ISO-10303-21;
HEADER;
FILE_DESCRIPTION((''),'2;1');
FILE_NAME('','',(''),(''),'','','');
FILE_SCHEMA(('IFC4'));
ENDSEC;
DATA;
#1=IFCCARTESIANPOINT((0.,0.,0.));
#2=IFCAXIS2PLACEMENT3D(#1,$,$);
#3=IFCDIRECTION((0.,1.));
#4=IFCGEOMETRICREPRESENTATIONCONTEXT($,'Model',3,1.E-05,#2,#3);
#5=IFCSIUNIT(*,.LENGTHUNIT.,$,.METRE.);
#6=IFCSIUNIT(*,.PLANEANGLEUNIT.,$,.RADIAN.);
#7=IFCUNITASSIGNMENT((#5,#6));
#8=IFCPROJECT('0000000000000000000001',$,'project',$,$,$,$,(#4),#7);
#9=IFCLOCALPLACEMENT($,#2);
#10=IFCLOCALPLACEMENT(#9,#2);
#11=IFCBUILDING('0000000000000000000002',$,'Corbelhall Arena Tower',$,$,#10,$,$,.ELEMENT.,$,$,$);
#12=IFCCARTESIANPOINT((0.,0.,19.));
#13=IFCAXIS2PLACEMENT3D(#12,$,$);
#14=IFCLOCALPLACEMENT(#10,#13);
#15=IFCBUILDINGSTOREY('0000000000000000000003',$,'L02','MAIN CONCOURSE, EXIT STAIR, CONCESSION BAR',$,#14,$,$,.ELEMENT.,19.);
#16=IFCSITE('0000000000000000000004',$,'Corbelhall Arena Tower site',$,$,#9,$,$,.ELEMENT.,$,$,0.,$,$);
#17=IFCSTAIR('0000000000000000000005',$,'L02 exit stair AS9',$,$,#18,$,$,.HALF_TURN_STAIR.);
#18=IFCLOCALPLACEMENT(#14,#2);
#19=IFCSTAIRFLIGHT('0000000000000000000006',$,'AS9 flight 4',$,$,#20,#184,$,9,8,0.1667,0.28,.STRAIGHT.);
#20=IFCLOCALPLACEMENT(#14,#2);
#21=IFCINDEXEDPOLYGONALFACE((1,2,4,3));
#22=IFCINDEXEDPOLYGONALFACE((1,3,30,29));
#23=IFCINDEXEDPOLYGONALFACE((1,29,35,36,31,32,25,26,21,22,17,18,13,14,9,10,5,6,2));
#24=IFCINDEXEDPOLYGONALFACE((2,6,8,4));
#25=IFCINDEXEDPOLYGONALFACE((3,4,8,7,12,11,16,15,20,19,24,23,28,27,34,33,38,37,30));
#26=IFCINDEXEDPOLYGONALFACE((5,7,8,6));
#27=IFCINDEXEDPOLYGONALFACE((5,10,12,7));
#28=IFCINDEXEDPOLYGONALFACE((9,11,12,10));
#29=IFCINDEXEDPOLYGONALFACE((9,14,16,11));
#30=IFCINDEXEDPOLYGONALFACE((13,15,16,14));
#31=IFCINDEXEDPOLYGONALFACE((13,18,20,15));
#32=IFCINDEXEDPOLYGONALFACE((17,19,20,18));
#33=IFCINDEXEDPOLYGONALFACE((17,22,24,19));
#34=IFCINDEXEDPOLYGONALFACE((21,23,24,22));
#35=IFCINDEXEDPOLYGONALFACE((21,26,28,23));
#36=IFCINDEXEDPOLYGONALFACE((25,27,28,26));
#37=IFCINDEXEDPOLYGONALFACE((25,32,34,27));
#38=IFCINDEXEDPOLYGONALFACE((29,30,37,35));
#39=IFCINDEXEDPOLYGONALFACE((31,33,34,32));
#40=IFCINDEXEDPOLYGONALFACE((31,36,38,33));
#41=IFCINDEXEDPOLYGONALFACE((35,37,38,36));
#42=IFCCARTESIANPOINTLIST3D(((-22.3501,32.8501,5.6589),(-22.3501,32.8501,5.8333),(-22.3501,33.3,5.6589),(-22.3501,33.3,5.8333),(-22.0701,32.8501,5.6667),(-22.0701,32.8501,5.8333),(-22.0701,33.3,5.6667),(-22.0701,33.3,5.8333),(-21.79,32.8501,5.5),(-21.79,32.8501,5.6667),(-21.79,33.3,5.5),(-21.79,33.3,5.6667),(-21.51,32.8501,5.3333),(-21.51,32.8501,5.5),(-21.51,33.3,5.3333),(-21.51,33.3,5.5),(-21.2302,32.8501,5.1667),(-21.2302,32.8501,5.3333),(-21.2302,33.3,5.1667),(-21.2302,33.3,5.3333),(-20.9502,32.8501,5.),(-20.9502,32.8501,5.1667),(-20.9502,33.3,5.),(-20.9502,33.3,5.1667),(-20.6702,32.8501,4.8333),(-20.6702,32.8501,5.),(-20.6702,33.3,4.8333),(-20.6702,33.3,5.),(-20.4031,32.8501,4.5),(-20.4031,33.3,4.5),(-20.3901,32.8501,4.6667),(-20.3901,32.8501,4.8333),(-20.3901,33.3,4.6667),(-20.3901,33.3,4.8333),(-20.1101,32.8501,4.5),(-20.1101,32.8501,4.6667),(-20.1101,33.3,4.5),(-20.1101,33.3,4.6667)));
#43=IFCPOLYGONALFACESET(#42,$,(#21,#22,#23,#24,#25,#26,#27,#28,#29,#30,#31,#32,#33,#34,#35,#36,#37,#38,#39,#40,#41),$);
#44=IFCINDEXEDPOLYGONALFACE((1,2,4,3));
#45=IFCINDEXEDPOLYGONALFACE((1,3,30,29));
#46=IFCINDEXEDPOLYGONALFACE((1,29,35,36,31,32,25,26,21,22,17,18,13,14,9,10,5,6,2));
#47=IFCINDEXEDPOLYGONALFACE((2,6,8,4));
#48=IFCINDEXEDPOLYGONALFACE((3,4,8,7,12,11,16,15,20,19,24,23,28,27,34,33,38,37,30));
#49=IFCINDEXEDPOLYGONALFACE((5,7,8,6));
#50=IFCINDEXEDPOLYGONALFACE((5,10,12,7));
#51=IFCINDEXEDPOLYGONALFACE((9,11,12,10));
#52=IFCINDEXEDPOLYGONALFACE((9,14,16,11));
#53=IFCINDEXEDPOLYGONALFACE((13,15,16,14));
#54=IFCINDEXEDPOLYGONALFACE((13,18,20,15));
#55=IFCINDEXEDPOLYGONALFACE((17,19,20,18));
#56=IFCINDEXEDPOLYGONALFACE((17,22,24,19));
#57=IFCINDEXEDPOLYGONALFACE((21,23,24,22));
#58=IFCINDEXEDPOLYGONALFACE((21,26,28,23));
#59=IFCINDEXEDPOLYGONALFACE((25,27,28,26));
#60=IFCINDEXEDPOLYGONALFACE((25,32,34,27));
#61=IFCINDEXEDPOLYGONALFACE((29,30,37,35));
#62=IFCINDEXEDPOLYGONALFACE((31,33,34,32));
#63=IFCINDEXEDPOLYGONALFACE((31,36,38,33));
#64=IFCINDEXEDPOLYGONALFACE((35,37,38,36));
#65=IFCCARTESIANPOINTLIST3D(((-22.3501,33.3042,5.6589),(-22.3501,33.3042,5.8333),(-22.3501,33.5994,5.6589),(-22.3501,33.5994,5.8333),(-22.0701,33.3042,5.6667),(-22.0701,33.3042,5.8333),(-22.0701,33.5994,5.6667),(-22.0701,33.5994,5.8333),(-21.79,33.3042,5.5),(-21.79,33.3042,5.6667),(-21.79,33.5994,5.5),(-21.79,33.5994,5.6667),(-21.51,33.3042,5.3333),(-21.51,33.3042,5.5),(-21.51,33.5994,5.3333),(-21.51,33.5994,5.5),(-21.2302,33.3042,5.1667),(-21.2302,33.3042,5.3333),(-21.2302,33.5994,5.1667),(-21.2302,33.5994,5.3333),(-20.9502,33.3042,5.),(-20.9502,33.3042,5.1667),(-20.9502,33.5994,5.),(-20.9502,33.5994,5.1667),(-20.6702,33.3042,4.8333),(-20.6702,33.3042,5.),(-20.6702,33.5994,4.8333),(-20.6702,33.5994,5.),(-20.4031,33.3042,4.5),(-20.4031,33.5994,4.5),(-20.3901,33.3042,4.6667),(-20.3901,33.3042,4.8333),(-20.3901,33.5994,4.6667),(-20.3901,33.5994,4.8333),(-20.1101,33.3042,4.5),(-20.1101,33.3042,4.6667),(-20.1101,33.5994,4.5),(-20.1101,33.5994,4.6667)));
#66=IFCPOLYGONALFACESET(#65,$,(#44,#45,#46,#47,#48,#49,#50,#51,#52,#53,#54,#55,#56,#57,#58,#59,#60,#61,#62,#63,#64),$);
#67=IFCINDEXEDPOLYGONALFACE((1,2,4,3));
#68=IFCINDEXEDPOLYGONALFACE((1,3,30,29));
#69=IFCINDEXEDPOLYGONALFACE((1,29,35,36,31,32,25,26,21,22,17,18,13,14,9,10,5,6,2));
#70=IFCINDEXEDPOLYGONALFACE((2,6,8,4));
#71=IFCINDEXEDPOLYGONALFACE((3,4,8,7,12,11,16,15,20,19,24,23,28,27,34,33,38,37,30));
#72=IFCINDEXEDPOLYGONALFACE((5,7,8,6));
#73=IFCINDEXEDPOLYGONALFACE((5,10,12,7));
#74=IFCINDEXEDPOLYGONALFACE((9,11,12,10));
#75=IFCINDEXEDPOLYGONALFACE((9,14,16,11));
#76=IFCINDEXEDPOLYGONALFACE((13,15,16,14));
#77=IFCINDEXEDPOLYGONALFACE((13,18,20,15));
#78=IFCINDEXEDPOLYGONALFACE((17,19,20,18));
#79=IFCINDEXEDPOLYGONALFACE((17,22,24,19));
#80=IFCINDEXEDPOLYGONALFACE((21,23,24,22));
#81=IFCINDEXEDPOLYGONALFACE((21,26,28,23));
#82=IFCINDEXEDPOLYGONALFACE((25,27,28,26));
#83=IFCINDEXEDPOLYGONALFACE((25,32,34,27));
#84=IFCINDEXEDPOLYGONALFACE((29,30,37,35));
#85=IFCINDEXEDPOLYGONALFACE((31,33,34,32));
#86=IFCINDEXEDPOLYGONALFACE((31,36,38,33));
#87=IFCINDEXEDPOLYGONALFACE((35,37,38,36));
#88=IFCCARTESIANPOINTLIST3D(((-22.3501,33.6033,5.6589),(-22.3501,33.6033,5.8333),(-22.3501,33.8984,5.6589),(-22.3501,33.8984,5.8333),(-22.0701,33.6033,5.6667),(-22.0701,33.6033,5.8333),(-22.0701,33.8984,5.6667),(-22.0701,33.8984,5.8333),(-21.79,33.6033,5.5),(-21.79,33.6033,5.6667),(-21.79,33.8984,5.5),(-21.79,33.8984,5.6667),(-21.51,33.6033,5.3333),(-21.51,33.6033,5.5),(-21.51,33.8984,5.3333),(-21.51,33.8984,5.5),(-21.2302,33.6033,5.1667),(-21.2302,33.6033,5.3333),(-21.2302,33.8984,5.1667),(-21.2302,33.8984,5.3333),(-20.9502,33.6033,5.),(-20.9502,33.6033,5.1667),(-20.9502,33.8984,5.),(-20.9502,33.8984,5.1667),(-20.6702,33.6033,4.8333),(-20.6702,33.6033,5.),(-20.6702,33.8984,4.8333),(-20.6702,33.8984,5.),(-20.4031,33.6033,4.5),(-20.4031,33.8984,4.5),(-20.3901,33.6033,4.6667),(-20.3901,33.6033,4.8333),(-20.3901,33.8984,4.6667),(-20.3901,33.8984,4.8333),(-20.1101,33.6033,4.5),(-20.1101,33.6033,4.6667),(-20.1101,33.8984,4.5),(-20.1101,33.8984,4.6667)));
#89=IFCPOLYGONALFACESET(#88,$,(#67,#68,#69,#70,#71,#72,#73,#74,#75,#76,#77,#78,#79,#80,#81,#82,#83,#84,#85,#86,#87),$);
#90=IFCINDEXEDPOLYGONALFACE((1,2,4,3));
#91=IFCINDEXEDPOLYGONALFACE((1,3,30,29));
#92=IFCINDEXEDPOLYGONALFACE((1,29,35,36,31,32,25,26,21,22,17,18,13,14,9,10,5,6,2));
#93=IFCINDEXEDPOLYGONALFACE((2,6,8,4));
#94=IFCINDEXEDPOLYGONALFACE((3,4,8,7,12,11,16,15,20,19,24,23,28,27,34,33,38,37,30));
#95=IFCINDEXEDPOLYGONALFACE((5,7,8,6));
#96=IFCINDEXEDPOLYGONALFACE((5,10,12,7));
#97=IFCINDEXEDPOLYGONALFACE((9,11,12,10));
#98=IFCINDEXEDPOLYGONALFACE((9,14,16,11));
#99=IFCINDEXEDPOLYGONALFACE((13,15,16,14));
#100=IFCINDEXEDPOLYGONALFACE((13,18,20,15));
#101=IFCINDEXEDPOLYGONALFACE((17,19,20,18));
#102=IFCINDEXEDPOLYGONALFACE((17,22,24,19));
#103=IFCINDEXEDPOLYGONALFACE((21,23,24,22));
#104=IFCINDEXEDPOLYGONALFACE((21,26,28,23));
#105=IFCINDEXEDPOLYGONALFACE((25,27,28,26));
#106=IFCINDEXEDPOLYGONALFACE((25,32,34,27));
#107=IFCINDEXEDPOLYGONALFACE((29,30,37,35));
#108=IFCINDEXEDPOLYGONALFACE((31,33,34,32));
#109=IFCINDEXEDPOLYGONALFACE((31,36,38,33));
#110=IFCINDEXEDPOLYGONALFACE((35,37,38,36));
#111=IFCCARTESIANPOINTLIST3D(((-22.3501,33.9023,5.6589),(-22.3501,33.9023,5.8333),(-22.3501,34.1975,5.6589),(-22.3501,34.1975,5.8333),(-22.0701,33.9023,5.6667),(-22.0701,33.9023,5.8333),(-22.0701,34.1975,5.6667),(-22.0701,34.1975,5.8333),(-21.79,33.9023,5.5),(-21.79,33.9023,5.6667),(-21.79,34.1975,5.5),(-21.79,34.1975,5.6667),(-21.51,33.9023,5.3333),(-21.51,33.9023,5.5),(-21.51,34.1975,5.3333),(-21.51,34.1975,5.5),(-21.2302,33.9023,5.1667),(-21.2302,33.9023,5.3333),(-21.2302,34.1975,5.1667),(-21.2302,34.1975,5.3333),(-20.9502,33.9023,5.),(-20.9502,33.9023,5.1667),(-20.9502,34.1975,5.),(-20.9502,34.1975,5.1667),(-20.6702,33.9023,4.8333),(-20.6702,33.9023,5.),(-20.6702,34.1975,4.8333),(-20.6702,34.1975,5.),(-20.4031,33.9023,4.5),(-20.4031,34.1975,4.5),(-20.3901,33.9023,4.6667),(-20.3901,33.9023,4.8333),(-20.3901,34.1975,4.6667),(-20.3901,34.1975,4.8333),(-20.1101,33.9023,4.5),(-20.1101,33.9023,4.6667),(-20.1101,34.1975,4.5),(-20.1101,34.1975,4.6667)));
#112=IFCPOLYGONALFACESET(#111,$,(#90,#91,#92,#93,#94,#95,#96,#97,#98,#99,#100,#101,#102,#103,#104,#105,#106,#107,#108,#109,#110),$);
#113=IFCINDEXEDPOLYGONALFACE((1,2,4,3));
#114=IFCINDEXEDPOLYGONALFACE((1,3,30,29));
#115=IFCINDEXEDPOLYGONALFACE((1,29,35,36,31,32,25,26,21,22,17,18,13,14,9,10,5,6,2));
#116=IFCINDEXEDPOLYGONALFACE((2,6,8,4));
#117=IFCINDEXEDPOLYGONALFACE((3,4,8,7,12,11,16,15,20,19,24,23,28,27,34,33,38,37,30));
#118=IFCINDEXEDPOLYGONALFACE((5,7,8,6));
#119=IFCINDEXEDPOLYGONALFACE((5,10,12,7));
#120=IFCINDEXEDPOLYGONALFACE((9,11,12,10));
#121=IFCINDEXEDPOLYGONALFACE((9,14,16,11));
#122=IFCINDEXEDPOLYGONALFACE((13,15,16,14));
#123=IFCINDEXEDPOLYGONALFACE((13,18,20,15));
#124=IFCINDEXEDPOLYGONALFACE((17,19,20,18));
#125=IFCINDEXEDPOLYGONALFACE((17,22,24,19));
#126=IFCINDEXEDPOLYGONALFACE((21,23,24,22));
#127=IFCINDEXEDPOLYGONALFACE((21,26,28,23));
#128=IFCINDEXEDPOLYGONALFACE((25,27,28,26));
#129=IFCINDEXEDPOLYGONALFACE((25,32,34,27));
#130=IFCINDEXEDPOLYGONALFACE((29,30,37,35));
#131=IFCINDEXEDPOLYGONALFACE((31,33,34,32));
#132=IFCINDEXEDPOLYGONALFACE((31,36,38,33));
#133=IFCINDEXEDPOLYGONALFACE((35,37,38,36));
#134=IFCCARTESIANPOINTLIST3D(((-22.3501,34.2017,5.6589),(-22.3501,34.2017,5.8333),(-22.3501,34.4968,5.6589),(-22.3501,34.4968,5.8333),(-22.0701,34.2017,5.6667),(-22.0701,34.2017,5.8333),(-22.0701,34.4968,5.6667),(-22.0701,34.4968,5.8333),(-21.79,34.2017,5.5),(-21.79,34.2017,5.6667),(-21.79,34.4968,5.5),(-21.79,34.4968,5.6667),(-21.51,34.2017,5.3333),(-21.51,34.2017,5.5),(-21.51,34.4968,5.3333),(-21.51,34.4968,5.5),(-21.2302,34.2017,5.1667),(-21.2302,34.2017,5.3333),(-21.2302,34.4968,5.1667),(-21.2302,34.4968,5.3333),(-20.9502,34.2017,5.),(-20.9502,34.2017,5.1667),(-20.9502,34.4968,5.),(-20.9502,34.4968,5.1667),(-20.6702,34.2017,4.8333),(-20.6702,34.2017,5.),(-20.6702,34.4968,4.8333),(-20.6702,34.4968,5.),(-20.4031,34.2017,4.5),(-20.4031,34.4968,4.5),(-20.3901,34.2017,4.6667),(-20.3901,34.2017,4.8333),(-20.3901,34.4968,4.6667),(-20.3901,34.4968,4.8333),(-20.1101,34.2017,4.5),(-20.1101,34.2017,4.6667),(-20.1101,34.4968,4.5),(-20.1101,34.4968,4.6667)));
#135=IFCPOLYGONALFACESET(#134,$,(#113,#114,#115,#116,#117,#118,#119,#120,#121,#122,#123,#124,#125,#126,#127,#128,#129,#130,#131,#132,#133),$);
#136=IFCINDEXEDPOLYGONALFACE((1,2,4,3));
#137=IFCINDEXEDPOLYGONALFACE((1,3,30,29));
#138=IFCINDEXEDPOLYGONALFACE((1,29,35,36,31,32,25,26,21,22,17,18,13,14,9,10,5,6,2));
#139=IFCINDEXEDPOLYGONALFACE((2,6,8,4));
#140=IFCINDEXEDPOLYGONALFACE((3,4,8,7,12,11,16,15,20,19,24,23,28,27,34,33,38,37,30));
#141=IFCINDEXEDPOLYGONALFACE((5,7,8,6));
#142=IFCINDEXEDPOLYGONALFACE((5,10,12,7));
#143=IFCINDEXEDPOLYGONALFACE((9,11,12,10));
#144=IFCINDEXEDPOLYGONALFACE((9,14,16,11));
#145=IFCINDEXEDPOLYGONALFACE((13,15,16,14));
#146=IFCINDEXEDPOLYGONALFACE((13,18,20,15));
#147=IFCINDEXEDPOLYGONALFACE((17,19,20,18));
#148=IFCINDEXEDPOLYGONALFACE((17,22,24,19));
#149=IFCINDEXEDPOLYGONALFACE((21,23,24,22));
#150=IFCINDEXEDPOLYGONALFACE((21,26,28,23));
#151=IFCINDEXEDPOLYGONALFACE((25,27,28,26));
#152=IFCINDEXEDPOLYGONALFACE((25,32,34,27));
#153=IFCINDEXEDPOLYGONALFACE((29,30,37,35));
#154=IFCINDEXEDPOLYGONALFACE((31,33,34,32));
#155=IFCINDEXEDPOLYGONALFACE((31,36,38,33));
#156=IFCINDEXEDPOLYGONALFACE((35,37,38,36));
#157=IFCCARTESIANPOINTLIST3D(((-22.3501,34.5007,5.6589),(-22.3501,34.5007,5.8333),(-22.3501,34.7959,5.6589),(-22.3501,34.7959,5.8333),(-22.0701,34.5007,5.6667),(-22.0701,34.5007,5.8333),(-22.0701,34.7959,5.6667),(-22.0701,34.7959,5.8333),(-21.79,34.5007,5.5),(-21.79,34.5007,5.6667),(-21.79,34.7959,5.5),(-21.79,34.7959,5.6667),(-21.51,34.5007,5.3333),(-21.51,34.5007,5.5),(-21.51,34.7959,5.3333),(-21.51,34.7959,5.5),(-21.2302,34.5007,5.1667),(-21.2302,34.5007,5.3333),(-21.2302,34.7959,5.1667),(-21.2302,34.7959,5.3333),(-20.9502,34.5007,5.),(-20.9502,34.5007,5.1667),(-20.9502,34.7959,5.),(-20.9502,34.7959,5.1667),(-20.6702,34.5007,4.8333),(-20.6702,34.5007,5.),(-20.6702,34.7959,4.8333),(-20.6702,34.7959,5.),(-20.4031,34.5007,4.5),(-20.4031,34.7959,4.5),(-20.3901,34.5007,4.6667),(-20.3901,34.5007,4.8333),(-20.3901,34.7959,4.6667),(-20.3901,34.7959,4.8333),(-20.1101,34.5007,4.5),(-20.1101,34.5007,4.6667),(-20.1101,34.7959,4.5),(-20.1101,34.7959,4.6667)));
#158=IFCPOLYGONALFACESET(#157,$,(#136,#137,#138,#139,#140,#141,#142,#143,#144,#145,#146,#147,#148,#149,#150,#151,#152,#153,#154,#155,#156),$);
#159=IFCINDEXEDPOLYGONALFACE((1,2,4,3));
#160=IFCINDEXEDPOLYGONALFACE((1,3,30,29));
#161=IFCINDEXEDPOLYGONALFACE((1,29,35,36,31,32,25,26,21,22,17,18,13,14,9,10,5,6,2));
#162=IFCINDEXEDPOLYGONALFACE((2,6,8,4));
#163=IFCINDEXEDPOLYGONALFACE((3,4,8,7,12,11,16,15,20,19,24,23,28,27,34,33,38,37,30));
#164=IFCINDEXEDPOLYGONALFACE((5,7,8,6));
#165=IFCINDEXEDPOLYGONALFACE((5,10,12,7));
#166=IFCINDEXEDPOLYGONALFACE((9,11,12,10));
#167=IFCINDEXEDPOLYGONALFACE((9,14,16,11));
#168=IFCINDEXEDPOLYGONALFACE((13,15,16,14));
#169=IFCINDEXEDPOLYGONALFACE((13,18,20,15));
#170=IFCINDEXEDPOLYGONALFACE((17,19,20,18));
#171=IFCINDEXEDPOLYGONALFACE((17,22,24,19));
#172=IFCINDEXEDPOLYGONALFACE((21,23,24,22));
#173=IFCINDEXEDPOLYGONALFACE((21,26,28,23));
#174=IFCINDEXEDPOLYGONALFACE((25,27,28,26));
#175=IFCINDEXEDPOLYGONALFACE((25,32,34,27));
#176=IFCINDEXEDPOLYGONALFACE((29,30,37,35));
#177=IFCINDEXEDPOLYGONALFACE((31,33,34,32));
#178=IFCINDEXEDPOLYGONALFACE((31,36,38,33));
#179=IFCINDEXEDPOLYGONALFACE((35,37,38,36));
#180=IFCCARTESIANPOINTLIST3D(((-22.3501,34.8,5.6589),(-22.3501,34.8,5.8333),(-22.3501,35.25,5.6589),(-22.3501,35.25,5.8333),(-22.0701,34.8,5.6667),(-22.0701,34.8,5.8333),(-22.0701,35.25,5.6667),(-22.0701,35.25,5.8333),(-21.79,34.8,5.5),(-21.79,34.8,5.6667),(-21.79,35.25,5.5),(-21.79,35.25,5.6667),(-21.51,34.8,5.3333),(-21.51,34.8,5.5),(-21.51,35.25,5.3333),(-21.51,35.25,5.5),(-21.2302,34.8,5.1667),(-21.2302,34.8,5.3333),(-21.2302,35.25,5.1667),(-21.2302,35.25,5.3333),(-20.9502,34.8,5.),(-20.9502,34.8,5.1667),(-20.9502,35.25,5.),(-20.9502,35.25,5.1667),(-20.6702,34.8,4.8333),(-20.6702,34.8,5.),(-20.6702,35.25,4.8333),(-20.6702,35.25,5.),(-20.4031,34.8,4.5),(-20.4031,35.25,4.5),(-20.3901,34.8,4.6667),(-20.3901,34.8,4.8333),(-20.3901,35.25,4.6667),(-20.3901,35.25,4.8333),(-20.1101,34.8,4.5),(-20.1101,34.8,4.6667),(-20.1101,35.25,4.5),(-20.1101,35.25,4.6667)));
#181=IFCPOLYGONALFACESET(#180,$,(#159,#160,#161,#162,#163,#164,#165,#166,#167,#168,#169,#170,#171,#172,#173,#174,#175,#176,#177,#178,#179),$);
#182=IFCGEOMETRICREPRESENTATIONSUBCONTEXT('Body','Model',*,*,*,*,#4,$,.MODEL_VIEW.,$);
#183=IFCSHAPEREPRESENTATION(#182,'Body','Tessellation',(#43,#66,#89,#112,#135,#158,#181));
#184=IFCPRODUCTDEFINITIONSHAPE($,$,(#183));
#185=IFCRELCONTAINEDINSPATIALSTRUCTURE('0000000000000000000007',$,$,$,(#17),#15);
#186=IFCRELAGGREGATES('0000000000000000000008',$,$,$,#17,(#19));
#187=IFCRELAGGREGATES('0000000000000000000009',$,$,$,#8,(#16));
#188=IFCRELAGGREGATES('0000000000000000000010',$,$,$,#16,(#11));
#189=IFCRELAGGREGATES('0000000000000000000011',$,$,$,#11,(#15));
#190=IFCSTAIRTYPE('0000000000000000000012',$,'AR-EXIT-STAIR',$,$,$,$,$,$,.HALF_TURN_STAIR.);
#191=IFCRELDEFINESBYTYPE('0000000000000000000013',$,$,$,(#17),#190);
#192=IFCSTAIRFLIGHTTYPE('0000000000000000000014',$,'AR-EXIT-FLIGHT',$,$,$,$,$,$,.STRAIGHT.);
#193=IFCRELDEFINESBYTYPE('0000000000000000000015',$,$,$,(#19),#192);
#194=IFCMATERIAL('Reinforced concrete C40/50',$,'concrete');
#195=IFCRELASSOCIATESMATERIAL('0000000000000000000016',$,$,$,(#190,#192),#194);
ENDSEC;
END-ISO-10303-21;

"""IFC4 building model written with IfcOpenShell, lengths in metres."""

from ifc_helpers import new_model, si_unit, direction, frame, origin, place, context, subcontext, project, spatial, polyline, outline, extrude, material, type_object, element, aggregate, save


model = new_model("IFC4")

# Units and contexts
model_context = context("Model", 3, precision=1e-05, world=origin(), true_north=direction((0.0, 1.0)))
body_context = subcontext(model_context, "Body", "Model", "MODEL_VIEW")
ifc_project = project(units=[si_unit("LENGTHUNIT", "METRE"), si_unit("PLANEANGLEUNIT", "RADIAN")], contexts=[model_context])

# Site, building, storey
site_placement = place(None, origin())
site = spatial("IfcSite", under=ifc_project, at=site_placement, Name="Corbelhall Arena Tower site", CompositionType="ELEMENT", RefElevation=0.0)
building_placement = place(site_placement, origin())
building = spatial("IfcBuilding", under=site, at=building_placement, Name="Corbelhall Arena Tower", CompositionType="ELEMENT")
storey_placement = place(building_placement, frame((0.0, 0.0, 19.0)))
storey = spatial("IfcBuildingStorey", under=building, at=storey_placement, Name="L02", Description="MAIN CONCOURSE, EXIT STAIR, CONCESSION BAR", CompositionType="ELEMENT", Elevation=19.0)

# Shared definitions
ifc_material_1 = material(Name="Reinforced concrete C40/50", Category="concrete")

# Stair, stair flight
stair_type = type_object("IfcStairType", Name="AR-EXIT-STAIR", PredefinedType="HALF_TURN_STAIR", material=ifc_material_1)
stair_1_placement = place(storey_placement, origin())
stair_1 = element("IfcStair", 1, at=stair_1_placement, inside=storey, type_object=stair_type, Name="L02 exit stair AS9", PredefinedType="HALF_TURN_STAIR")
stair_flight_type = type_object("IfcStairFlightType", Name="AR-EXIT-FLIGHT", PredefinedType="STRAIGHT", material=ifc_material_1)
stair_flight_1_placement = place(storey_placement, frame((-20.1101, 34.05, 4.5), z_axis=(0.0, 0.0, 1.0), x_axis=(-1.0, 0.0, 0.0)))
stair_flight_1 = element("IfcStairFlight", 2, at=stair_flight_1_placement, type_object=stair_flight_type, Name="AS9 flight 4", NumberOfRisers=9, NumberOfTreads=8, PredefinedType="STRAIGHT", RiserHeight=0.1667, TreadLength=0.28, context=body_context, shape_type="SweptSolid", body=[
    extrude(outline(polyline([(0.0, 0.0), (0.0, 0.1667), (0.28, 0.1667), (0.28, 0.3333), (0.5601, 0.3333), (0.5601, 0.5), (0.8401, 0.5), (0.8401, 0.6667), (1.1201, 0.6667), (1.1201, 0.8333), (1.3999, 0.8333), (1.3999, 1.0), (1.6799, 1.0), (1.6799, 1.1667), (1.96, 1.1667), (1.96, 1.3333), (2.24, 1.3333), (2.24, 1.5), (2.24, 1.1589), (0.293, 0.0), (0.0, 0.0)])), frame((0.0, 1.2, 0.0), z_axis=(0.0, -1.0, 0.0), x_axis=(1.0, 0.0, 0.0)), (0.0, 0.0, 1.0), 0.45),
    extrude(outline(polyline([(0.0, 0.0), (0.0, 0.1667), (0.28, 0.1667), (0.28, 0.3333), (0.5601, 0.3333), (0.5601, 0.5), (0.8401, 0.5), (0.8401, 0.6667), (1.1201, 0.6667), (1.1201, 0.8333), (1.3999, 0.8333), (1.3999, 1.0), (1.6799, 1.0), (1.6799, 1.1667), (1.96, 1.1667), (1.96, 1.3333), (2.24, 1.3333), (2.24, 1.5), (2.24, 1.1589), (0.293, 0.0), (0.0, 0.0)])), frame((0.0, 0.7458, 0.0), z_axis=(0.0, -1.0, 0.0), x_axis=(1.0, 0.0, 0.0)), (0.0, 0.0, 1.0), 0.2952),
    extrude(outline(polyline([(0.0, 0.0), (0.0, 0.1667), (0.28, 0.1667), (0.28, 0.3333), (0.5601, 0.3333), (0.5601, 0.5), (0.8401, 0.5), (0.8401, 0.6667), (1.1201, 0.6667), (1.1201, 0.8333), (1.3999, 0.8333), (1.3999, 1.0), (1.6799, 1.0), (1.6799, 1.1667), (1.96, 1.1667), (1.96, 1.3333), (2.24, 1.3333), (2.24, 1.5), (2.24, 1.1589), (0.293, 0.0), (0.0, 0.0)])), frame((0.0, 0.4468, 0.0), z_axis=(0.0, -1.0, 0.0), x_axis=(1.0, 0.0, 0.0)), (0.0, 0.0, 1.0), 0.2952),
    extrude(outline(polyline([(0.0, 0.0), (0.0, 0.1667), (0.28, 0.1667), (0.28, 0.3333), (0.5601, 0.3333), (0.5601, 0.5), (0.8401, 0.5), (0.8401, 0.6667), (1.1201, 0.6667), (1.1201, 0.8333), (1.3999, 0.8333), (1.3999, 1.0), (1.6799, 1.0), (1.6799, 1.1667), (1.96, 1.1667), (1.96, 1.3333), (2.24, 1.3333), (2.24, 1.5), (2.24, 1.1589), (0.293, 0.0), (0.0, 0.0)])), frame((0.0, 0.1477, 0.0), z_axis=(0.0, -1.0, 0.0), x_axis=(1.0, 0.0, 0.0)), (0.0, 0.0, 1.0), 0.2952),
    extrude(outline(polyline([(0.0, 0.0), (0.0, 0.1667), (0.28, 0.1667), (0.28, 0.3333), (0.5601, 0.3333), (0.5601, 0.5), (0.8401, 0.5), (0.8401, 0.6667), (1.1201, 0.6667), (1.1201, 0.8333), (1.3999, 0.8333), (1.3999, 1.0), (1.6799, 1.0), (1.6799, 1.1667), (1.96, 1.1667), (1.96, 1.3333), (2.24, 1.3333), (2.24, 1.5), (2.24, 1.1589), (0.293, 0.0), (0.0, 0.0)])), frame((0.0, -0.1516, 0.0), z_axis=(0.0, -1.0, 0.0), x_axis=(1.0, 0.0, 0.0)), (0.0, 0.0, 1.0), 0.2952),
    extrude(outline(polyline([(0.0, 0.0), (0.0, 0.1667), (0.28, 0.1667), (0.28, 0.3333), (0.5601, 0.3333), (0.5601, 0.5), (0.8401, 0.5), (0.8401, 0.6667), (1.1201, 0.6667), (1.1201, 0.8333), (1.3999, 0.8333), (1.3999, 1.0), (1.6799, 1.0), (1.6799, 1.1667), (1.96, 1.1667), (1.96, 1.3333), (2.24, 1.3333), (2.24, 1.5), (2.24, 1.1589), (0.293, 0.0), (0.0, 0.0)])), frame((0.0, -0.4507, 0.0), z_axis=(0.0, -1.0, 0.0), x_axis=(1.0, 0.0, 0.0)), (0.0, 0.0, 1.0), 0.2952),
    extrude(outline(polyline([(0.0, 0.0), (0.0, 0.1667), (0.28, 0.1667), (0.28, 0.3333), (0.5601, 0.3333), (0.5601, 0.5), (0.8401, 0.5), (0.8401, 0.6667), (1.1201, 0.6667), (1.1201, 0.8333), (1.3999, 0.8333), (1.3999, 1.0), (1.6799, 1.0), (1.6799, 1.1667), (1.96, 1.1667), (1.96, 1.3333), (2.24, 1.3333), (2.24, 1.5), (2.24, 1.1589), (0.293, 0.0), (0.0, 0.0)])), frame((0.0, -0.75, 0.0), z_axis=(0.0, -1.0, 0.0), x_axis=(1.0, 0.0, 0.0)), (0.0, 0.0, 1.0), 0.45),
])
aggregate(stair_1, [stair_flight_1])

save(model, "model.ifc")
